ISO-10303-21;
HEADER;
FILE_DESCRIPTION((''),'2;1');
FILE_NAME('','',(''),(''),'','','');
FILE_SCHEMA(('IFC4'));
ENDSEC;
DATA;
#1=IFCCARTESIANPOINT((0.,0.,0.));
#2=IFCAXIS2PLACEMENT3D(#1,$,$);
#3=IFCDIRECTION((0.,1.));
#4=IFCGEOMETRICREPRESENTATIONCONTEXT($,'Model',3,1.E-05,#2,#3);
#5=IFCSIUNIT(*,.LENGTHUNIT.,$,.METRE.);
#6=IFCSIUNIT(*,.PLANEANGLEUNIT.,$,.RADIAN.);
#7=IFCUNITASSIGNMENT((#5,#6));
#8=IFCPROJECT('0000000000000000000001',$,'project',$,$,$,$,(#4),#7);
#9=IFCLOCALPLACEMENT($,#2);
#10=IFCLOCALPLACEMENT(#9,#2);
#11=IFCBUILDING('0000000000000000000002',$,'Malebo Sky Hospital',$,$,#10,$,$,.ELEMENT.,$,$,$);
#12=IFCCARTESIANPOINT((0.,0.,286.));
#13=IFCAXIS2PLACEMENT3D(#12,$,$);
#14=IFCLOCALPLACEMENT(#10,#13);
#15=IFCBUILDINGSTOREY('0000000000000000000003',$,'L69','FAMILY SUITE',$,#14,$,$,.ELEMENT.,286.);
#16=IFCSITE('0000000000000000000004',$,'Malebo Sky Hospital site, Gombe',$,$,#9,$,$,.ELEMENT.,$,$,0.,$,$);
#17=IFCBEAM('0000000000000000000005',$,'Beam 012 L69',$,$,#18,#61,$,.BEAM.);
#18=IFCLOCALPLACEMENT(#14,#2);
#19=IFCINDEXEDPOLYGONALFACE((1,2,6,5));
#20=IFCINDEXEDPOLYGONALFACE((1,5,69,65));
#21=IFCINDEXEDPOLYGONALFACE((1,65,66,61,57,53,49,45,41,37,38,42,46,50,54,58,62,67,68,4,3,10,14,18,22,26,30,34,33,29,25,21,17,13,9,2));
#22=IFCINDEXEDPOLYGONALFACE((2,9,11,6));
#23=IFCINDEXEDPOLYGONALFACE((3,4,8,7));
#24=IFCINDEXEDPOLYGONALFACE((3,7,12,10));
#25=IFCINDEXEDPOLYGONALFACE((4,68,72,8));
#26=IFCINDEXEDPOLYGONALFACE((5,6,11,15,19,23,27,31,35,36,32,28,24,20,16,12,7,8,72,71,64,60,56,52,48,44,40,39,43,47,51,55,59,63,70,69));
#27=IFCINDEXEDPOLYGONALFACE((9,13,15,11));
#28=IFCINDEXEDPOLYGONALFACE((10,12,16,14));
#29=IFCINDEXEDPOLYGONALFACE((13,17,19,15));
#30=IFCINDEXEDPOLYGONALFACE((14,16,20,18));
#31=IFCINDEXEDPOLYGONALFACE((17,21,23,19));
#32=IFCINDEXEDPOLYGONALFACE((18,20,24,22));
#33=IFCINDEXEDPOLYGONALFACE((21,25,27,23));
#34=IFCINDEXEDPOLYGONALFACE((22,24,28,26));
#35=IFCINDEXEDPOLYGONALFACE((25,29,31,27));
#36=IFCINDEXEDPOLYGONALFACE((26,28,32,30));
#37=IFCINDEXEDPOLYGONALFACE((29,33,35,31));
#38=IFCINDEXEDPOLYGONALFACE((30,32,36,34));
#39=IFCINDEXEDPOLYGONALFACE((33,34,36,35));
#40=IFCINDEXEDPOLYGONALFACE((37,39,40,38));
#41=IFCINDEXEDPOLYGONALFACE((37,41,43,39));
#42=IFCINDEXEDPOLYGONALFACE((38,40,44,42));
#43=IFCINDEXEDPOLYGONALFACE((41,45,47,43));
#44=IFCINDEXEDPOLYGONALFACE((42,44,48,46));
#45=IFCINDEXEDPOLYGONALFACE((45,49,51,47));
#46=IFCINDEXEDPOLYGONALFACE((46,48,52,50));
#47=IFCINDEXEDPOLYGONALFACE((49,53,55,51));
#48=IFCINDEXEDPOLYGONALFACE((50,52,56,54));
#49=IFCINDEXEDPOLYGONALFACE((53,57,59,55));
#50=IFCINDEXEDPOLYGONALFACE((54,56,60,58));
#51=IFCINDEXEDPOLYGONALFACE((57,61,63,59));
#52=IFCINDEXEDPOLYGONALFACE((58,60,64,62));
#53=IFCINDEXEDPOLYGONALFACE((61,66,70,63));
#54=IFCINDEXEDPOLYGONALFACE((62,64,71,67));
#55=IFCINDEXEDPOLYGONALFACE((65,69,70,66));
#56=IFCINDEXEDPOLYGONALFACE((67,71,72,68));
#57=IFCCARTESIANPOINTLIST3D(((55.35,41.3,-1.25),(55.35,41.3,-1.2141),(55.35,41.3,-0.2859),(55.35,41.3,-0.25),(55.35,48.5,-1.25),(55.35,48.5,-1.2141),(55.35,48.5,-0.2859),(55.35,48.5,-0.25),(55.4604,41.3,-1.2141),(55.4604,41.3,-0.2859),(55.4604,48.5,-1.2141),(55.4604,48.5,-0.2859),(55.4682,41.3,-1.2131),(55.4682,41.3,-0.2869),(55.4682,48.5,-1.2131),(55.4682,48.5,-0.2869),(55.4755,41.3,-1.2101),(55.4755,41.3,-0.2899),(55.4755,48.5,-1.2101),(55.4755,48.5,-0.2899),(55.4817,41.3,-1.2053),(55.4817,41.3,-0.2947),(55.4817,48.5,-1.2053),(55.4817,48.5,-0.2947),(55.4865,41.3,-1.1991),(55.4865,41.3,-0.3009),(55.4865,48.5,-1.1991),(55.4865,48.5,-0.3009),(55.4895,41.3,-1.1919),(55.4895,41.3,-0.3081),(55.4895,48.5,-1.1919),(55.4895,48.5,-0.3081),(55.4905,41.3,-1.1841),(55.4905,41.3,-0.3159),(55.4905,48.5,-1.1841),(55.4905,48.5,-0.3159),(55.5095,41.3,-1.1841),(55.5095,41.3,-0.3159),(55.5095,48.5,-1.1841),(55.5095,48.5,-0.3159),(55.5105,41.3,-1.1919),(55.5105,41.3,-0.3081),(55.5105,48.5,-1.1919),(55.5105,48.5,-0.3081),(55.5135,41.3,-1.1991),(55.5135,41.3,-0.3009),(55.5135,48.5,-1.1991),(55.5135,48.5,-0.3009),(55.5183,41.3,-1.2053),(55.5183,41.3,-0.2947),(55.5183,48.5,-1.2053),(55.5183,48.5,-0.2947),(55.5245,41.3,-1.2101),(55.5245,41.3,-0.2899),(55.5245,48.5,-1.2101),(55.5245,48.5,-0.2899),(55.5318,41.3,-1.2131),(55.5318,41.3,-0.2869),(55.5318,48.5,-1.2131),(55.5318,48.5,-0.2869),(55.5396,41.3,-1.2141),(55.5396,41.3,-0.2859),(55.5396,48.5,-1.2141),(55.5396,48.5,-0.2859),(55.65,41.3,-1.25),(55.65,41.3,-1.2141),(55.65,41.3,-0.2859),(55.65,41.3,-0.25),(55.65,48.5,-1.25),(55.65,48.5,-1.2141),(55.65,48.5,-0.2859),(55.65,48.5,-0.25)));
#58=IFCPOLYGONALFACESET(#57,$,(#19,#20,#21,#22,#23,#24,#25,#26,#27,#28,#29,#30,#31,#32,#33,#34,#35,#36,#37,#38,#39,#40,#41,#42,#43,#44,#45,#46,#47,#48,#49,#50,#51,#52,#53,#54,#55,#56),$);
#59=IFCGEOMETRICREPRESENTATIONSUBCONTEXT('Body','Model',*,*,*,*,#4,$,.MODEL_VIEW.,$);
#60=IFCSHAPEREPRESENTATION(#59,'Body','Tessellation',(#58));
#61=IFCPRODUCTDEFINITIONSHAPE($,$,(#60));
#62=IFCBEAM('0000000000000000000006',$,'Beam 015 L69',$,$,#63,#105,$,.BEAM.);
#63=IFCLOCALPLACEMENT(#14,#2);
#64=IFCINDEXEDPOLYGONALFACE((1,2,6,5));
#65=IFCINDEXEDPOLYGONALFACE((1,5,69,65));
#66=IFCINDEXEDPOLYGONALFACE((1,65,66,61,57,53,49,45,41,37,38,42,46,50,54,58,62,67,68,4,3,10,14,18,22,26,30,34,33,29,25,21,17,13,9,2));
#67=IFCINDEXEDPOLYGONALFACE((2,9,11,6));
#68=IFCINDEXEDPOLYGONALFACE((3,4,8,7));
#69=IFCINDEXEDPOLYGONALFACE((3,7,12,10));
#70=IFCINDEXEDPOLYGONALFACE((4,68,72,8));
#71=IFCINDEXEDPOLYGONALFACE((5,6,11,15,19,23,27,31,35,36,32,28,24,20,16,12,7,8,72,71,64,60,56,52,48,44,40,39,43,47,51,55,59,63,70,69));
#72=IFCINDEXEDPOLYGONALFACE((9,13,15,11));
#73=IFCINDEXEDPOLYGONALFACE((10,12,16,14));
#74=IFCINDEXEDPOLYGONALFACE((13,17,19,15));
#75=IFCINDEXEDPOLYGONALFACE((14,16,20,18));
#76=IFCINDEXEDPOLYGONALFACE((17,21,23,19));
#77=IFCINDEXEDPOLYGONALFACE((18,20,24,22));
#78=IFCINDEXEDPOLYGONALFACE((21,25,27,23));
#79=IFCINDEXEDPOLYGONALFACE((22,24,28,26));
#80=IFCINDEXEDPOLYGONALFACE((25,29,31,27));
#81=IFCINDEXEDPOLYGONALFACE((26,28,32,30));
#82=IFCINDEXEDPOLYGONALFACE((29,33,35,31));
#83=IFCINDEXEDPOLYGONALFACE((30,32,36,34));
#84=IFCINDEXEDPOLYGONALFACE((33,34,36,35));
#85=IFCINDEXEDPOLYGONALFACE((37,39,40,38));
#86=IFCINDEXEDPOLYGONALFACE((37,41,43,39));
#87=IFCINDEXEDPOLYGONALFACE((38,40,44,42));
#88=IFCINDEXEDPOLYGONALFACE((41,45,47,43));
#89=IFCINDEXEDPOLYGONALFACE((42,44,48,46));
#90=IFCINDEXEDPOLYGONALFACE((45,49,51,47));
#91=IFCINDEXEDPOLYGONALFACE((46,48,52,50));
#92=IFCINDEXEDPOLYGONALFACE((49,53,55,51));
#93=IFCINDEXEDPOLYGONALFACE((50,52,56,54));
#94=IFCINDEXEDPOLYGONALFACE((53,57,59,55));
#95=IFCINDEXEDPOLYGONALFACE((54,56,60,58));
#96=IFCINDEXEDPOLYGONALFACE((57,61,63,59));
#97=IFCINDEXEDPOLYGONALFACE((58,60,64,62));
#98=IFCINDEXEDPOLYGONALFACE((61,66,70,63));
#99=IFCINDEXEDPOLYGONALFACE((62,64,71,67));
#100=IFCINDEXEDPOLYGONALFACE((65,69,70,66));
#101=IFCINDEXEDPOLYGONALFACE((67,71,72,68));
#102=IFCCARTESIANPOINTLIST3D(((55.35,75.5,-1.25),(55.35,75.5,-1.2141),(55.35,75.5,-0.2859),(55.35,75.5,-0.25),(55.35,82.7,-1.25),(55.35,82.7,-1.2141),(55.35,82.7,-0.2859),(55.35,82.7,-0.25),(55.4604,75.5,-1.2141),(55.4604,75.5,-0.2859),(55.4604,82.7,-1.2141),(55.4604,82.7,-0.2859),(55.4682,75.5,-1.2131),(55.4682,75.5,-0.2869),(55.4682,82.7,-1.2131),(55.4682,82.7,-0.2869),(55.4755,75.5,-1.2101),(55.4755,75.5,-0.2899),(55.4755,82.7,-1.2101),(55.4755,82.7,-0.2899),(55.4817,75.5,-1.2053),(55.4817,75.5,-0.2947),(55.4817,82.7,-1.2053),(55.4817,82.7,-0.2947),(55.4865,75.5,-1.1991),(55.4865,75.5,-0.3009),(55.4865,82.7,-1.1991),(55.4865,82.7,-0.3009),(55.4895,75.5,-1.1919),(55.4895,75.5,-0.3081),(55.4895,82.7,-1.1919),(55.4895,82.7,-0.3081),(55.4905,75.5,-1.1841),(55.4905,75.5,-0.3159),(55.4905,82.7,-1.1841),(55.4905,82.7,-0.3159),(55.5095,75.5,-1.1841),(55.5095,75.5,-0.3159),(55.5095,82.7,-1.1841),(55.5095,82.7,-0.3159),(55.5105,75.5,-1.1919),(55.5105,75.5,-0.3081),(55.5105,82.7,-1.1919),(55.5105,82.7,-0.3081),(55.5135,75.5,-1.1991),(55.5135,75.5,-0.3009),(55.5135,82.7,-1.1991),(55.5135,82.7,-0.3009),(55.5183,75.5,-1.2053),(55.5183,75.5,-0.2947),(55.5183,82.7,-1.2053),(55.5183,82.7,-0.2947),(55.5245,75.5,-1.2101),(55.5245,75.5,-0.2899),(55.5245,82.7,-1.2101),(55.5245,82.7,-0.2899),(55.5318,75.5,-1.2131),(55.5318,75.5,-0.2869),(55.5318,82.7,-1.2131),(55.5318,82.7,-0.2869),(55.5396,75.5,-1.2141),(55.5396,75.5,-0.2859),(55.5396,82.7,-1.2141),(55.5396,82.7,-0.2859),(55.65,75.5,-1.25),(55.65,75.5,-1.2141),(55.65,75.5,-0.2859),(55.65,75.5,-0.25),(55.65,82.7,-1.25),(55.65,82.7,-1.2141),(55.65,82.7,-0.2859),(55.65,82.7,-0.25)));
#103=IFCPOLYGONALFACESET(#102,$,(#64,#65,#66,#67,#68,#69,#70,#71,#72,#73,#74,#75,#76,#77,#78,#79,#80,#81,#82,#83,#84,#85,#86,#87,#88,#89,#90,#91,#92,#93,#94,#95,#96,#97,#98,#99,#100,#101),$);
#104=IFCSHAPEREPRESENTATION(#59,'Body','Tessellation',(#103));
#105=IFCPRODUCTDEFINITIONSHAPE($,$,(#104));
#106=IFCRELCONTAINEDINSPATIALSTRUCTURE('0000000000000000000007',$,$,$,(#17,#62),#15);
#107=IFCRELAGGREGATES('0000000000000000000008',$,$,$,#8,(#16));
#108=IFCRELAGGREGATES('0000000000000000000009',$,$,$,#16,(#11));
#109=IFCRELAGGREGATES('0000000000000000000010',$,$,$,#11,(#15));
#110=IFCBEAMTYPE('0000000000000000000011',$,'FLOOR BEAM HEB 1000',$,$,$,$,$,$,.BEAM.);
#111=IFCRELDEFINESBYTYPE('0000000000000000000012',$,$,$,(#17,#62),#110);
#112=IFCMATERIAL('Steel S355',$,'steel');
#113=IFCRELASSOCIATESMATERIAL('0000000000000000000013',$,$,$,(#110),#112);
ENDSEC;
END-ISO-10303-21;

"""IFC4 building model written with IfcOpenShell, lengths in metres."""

from ifc_helpers import new_model, si_unit, direction, frame, origin, origin_2d, place, context, subcontext, project, spatial, i_section, extrude, material, material_profile, profile_set, type_object, element, save


model = new_model("IFC4")

# Units and contexts
model_context = context("Model", 3, precision=1e-05, world=origin(), true_north=direction((0.0, 1.0)))
body_context = subcontext(model_context, "Body", "Model", "MODEL_VIEW")
ifc_project = project(units=[si_unit("LENGTHUNIT", "METRE"), si_unit("PLANEANGLEUNIT", "RADIAN")], contexts=[model_context])

# Site, building, storey
site_placement = place(None, origin())
site = spatial("IfcSite", under=ifc_project, at=site_placement, Name="Malebo Sky Hospital site, Gombe", CompositionType="ELEMENT", RefElevation=0.0)
building_placement = place(site_placement, origin())
building = spatial("IfcBuilding", under=site, at=building_placement, Name="Malebo Sky Hospital", CompositionType="ELEMENT")
storey_placement = place(building_placement, frame((0.0, 0.0, 286.0)))
storey = spatial("IfcBuildingStorey", under=building, at=storey_placement, Name="L69", Description="FAMILY SUITE", CompositionType="ELEMENT", Elevation=286.0)

# Beams
ifc_material = material(Name="Steel S355", Category="steel")
ifc_material_profile = material_profile(ifc_material, i_section(OverallWidth=0.3, OverallDepth=1.0, WebThickness=0.019, FlangeThickness=0.0359, FilletRadius=0.03, at=origin_2d()), Name="HEB 1000")
ifc_profile_set = profile_set([ifc_material_profile], Name="Steel S355")
beam_type = type_object("IfcBeamType", Name="FLOOR BEAM HEB 1000", PredefinedType="BEAM", material=ifc_profile_set)
for number, where, z_axis, x_axis, name in (
    (1, (55.5, 41.3, -0.75), (0.0, 1.0, 0.0), (-1.0, 0.0, 0.0), "Beam 012 L69"),
    (2, (55.5, 75.5, -0.75), (0.0, 1.0, 0.0), (-1.0, 0.0, 0.0), "Beam 015 L69"),
):
    element("IfcBeam", number, at=place(storey_placement, frame(where, z_axis=z_axis, x_axis=x_axis)), inside=storey, type_object=beam_type, Name=name, PredefinedType="BEAM", context=body_context, shape_type="SweptSolid", body=[
        extrude(i_section(OverallWidth=0.3, OverallDepth=1.0, WebThickness=0.019, FlangeThickness=0.0359, FilletRadius=0.03, at=origin_2d()), origin(), (0.0, 0.0, 1.0), 7.2),
    ])

save(model, "model.ifc")
